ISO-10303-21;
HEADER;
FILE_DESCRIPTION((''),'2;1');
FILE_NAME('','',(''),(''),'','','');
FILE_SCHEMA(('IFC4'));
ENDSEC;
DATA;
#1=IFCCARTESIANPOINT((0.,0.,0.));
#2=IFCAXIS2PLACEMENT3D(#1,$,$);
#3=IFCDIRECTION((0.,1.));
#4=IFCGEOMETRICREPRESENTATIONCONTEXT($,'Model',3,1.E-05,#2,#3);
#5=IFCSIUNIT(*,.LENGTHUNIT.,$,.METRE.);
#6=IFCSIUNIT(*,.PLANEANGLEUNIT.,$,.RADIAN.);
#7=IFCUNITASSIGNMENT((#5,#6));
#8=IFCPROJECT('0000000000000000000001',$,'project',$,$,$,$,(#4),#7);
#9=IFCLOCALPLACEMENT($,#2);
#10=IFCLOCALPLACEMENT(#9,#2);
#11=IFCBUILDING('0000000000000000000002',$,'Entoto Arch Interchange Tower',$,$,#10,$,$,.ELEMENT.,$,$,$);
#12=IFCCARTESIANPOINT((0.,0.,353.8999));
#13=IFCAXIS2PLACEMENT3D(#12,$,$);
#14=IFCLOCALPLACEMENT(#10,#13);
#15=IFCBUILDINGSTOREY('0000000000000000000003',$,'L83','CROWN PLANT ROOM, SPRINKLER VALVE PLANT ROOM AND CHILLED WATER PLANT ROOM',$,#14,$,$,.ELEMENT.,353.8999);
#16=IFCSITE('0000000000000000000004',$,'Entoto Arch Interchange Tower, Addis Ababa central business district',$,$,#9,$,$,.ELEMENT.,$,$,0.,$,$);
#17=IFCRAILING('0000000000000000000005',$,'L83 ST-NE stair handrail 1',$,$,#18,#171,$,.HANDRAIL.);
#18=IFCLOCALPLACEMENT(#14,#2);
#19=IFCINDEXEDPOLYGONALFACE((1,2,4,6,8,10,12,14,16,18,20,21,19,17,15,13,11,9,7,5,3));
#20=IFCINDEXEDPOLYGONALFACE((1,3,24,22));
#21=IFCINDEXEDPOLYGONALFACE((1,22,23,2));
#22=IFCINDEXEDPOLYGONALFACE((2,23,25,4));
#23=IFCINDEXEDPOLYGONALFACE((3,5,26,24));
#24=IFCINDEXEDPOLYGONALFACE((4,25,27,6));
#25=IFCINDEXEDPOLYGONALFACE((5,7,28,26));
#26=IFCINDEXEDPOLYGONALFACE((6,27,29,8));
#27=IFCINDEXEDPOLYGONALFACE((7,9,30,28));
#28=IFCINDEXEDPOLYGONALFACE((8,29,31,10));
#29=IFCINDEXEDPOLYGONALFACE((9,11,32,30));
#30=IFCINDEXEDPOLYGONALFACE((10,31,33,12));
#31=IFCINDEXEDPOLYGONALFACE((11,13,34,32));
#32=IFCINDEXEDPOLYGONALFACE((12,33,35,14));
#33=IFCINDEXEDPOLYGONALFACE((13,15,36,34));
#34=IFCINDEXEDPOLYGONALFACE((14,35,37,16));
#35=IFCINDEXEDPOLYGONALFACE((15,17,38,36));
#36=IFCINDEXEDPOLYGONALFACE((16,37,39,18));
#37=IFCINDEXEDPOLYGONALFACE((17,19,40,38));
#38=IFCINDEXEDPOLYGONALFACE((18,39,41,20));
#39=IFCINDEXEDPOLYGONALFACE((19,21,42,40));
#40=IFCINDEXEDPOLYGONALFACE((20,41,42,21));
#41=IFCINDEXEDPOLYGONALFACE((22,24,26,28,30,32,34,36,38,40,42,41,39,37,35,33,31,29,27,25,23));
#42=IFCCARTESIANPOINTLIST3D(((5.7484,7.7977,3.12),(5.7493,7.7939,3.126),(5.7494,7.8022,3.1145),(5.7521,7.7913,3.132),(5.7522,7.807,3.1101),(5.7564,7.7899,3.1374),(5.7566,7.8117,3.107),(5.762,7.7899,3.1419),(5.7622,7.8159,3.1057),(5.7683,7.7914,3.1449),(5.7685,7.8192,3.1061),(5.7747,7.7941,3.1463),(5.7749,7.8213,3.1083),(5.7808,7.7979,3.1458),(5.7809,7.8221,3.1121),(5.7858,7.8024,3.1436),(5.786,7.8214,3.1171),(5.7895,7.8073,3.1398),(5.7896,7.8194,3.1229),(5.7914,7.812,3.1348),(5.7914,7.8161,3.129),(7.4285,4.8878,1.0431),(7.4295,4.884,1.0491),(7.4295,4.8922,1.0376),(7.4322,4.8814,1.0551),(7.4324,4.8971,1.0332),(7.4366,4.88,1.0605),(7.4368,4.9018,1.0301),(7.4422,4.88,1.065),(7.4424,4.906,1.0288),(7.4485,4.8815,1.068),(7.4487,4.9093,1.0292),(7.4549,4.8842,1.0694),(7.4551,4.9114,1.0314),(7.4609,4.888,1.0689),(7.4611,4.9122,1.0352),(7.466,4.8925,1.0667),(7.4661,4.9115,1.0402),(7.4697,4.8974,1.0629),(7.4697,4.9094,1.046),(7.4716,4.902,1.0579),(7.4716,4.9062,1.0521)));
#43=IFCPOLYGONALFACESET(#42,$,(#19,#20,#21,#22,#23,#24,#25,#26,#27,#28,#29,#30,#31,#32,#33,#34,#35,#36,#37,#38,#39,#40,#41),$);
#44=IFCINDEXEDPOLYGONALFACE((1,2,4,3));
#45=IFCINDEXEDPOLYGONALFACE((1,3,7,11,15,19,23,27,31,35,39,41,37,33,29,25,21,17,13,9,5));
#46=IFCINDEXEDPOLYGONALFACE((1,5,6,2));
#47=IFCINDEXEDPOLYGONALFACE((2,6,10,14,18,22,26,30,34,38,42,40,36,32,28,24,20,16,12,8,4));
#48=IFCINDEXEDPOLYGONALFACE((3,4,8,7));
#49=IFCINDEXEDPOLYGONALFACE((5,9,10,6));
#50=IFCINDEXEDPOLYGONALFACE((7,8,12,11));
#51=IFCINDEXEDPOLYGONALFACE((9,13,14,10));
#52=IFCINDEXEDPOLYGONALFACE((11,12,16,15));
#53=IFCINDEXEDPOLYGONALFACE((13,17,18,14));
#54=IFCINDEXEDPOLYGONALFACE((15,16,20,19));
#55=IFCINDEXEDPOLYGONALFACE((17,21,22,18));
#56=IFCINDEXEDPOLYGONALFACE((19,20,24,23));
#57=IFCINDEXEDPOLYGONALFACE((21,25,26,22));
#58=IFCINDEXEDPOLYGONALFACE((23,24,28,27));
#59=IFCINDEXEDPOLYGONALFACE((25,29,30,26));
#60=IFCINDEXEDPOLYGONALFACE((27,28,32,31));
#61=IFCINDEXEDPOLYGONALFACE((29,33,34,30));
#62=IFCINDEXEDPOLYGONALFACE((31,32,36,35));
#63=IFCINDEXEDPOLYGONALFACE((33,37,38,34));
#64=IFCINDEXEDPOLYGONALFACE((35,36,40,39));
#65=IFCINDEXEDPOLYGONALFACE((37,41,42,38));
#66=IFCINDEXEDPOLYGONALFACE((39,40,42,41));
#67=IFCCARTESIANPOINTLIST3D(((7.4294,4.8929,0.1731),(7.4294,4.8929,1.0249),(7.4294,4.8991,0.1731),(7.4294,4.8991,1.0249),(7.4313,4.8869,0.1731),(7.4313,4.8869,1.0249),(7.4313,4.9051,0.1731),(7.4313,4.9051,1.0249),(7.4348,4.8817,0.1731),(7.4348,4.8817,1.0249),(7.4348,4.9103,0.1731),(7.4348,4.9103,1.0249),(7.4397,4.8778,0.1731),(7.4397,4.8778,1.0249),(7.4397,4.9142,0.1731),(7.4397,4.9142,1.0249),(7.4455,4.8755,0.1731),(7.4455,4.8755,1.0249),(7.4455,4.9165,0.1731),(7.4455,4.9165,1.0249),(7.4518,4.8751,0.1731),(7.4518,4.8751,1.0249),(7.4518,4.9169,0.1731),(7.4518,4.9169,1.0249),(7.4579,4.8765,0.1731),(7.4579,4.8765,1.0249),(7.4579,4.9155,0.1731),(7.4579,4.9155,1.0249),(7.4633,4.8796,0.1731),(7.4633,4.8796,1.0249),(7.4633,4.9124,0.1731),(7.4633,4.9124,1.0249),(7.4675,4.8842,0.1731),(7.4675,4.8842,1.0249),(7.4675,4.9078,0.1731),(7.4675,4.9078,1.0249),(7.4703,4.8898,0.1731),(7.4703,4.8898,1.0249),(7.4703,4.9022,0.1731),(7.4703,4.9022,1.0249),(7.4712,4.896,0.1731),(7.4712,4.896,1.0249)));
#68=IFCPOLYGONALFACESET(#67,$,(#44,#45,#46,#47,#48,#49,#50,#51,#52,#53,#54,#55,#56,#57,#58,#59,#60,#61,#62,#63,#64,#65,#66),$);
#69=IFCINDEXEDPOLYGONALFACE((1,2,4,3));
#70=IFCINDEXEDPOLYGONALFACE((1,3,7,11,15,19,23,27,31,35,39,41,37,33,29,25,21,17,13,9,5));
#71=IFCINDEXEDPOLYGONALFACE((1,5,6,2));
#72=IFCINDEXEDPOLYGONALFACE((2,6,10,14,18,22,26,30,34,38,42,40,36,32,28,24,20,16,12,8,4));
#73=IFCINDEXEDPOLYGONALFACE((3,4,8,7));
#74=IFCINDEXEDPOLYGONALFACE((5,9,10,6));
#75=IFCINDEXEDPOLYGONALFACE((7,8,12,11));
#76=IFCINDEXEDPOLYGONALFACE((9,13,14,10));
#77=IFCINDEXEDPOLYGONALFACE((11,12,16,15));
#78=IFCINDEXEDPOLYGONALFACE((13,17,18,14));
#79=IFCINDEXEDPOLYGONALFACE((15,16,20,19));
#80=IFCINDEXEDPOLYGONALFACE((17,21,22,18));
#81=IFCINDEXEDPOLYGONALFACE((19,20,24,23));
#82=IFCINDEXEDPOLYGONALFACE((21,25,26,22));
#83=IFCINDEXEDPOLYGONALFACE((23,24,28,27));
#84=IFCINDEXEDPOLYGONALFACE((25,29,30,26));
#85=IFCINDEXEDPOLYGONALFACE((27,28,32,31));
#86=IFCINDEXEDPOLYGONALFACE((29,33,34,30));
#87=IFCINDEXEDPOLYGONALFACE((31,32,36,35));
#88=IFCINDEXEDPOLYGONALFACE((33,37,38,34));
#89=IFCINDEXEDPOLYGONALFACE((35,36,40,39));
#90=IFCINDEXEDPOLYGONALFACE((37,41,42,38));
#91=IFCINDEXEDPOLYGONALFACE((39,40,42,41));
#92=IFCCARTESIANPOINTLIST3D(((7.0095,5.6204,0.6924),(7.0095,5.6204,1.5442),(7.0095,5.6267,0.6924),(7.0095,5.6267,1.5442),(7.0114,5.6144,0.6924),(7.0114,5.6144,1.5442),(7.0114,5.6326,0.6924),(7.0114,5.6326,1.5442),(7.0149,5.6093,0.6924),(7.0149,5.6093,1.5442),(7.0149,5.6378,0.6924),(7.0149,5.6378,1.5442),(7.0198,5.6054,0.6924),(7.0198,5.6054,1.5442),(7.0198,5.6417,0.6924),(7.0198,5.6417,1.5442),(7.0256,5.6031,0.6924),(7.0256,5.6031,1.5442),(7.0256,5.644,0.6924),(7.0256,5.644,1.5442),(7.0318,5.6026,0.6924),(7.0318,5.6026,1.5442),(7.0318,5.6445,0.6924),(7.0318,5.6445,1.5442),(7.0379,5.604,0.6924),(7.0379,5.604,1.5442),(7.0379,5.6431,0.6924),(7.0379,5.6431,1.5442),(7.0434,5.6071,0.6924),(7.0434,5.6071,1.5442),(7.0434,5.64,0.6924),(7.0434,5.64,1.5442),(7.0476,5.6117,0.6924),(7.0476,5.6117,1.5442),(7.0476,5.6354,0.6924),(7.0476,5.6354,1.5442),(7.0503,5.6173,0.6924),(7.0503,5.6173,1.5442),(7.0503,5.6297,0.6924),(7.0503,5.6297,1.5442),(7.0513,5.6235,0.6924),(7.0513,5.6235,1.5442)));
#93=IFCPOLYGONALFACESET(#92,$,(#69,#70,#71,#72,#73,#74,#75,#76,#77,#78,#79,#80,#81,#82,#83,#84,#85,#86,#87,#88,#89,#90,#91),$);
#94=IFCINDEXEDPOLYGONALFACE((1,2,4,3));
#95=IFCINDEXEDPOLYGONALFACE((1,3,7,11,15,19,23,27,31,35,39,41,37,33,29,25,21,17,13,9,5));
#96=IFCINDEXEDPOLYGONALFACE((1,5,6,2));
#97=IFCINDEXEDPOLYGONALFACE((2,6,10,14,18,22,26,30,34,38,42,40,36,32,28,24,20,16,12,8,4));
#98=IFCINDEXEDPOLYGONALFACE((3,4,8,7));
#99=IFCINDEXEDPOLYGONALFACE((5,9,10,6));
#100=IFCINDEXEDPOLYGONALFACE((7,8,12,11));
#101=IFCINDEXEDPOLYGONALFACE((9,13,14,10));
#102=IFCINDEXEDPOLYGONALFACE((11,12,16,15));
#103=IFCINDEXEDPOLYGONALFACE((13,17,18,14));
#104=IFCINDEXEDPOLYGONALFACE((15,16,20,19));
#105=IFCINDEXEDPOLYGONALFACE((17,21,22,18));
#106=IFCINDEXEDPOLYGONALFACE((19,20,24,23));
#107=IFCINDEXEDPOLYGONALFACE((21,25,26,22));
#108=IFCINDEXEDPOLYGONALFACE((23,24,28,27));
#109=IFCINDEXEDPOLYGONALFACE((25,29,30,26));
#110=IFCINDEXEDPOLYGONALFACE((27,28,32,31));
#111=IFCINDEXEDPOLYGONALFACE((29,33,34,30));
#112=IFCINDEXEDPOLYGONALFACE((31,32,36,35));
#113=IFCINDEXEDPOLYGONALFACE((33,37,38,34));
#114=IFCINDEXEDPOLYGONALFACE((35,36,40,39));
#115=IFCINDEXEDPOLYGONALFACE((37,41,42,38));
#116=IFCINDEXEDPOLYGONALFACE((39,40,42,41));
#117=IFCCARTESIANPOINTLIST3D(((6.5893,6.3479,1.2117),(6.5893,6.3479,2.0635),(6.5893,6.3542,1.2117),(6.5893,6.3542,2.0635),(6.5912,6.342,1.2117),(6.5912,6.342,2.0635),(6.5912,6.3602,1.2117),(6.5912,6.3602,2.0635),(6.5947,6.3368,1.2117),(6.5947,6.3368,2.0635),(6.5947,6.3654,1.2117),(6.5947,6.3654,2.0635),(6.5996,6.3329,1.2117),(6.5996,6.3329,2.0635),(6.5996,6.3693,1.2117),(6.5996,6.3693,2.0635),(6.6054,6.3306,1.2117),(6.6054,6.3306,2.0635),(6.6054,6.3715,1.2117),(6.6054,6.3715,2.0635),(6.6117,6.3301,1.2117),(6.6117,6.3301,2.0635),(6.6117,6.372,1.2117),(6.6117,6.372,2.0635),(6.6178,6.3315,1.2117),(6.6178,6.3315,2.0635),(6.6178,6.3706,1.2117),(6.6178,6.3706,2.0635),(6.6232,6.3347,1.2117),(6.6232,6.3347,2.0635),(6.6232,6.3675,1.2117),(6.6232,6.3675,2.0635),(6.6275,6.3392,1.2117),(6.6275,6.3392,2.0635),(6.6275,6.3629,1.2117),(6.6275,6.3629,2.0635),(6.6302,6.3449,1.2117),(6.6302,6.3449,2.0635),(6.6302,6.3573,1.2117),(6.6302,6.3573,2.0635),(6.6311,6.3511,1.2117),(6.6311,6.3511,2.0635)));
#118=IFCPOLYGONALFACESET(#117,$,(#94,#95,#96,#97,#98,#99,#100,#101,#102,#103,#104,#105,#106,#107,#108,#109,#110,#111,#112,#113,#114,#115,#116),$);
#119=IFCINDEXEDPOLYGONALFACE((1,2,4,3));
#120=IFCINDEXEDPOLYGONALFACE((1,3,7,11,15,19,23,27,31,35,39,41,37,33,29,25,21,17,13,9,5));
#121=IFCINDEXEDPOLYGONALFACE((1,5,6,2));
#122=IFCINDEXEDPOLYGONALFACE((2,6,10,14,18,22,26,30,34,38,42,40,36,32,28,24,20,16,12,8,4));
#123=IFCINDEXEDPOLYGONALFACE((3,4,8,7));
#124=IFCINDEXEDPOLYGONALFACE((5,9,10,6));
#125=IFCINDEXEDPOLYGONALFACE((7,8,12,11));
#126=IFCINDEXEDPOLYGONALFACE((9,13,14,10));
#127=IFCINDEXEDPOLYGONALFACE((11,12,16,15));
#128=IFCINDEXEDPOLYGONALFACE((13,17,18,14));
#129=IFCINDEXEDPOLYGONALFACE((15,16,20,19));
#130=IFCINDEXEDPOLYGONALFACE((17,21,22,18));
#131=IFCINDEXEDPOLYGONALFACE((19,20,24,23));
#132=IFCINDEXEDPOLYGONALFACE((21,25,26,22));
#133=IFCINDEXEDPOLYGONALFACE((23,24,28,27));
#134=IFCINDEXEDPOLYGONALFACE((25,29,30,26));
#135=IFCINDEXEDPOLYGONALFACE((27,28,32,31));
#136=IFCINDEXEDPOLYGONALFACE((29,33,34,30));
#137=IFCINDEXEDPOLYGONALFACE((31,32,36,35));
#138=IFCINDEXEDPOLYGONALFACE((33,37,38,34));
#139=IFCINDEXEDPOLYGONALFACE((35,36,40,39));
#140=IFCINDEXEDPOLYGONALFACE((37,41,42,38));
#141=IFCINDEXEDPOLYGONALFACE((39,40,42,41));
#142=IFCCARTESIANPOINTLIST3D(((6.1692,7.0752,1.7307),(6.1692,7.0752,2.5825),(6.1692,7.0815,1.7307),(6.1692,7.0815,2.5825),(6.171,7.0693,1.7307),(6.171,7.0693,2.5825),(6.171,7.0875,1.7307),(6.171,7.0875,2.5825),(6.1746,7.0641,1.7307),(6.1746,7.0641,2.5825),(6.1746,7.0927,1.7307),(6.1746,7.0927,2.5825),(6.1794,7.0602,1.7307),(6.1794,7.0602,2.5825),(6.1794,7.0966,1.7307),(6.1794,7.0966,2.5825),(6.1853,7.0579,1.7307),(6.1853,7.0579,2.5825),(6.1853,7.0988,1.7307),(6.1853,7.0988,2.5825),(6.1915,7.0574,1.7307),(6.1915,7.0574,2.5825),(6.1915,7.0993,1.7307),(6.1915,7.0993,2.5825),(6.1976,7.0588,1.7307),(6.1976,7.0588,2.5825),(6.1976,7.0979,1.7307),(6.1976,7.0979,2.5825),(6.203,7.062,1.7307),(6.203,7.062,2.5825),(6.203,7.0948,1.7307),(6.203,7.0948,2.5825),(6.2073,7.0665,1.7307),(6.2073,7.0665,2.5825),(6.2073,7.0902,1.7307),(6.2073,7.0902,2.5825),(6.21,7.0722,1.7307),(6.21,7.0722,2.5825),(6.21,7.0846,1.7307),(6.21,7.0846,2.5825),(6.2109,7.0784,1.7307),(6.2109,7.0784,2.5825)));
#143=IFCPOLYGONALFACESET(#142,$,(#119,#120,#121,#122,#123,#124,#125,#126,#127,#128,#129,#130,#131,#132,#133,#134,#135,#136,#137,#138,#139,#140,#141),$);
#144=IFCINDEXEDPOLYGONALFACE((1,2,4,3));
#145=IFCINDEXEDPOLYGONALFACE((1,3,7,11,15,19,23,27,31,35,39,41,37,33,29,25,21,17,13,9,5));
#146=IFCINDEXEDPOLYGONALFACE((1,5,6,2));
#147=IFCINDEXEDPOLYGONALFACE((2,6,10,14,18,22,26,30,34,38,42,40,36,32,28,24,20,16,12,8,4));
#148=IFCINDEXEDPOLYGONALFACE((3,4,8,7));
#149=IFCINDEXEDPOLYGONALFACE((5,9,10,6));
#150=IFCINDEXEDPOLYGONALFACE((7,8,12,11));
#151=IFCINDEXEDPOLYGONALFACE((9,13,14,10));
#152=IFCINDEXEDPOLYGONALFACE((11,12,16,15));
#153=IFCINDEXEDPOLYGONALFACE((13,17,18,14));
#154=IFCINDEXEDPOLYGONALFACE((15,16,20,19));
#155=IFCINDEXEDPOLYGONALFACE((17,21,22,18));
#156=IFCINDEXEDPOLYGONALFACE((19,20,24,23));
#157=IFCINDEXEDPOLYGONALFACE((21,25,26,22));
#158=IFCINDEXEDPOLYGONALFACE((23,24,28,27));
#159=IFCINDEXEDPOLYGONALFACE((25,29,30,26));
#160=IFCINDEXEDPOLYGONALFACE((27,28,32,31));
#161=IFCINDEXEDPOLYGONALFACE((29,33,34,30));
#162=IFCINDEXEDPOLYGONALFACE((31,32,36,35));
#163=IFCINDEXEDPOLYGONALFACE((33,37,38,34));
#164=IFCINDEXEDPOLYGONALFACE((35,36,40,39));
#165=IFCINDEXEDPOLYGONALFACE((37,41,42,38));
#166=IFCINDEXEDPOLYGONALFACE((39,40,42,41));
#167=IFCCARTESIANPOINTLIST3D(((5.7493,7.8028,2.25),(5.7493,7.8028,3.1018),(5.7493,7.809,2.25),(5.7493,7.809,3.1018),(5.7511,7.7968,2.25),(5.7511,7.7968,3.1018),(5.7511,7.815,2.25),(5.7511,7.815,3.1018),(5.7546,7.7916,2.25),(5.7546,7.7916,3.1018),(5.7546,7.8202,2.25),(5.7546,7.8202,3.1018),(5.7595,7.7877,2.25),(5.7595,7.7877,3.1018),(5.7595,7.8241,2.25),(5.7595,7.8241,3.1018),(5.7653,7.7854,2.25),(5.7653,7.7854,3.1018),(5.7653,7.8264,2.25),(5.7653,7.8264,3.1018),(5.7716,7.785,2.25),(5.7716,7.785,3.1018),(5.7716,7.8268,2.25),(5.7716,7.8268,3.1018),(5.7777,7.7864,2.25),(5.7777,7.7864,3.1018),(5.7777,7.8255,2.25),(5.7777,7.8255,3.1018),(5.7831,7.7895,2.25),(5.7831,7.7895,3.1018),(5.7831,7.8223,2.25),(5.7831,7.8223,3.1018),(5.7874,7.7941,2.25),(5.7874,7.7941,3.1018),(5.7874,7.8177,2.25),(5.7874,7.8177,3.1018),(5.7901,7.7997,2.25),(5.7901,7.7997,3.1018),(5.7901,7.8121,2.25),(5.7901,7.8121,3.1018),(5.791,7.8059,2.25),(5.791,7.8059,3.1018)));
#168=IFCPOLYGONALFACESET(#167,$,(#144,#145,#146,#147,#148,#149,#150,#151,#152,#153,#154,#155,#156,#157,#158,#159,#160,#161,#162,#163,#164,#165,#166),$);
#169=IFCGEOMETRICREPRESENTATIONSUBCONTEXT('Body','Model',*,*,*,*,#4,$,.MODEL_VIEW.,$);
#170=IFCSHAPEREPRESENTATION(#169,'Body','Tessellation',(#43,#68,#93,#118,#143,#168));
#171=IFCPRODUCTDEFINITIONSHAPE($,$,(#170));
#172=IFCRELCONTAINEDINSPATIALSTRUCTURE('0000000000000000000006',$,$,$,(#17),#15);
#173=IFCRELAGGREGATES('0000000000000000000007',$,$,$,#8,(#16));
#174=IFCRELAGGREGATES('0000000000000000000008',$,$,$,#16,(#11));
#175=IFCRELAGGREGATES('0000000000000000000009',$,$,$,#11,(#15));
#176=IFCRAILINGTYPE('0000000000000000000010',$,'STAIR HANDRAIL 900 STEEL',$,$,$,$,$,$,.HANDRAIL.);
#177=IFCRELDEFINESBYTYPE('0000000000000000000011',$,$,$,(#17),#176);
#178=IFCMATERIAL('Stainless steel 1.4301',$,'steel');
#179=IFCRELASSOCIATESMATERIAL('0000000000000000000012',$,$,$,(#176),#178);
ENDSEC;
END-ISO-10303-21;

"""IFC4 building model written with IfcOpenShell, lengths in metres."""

from ifc_helpers import new_model, si_unit, direction, frame, origin, origin_2d, place, context, subcontext, project, spatial, circle, extrude, material, type_object, element, save


model = new_model("IFC4")

# Units and contexts
model_context = context("Model", 3, precision=1e-05, world=origin(), true_north=direction((0.0, 1.0)))
body_context = subcontext(model_context, "Body", "Model", "MODEL_VIEW")
ifc_project = project(units=[si_unit("LENGTHUNIT", "METRE"), si_unit("PLANEANGLEUNIT", "RADIAN")], contexts=[model_context])

# Site, building, storey
site_placement = place(None, origin())
site = spatial("IfcSite", under=ifc_project, at=site_placement, Name="Entoto Arch Interchange Tower, Addis Ababa central business district", CompositionType="ELEMENT", RefElevation=0.0)
building_placement = place(site_placement, origin())
building = spatial("IfcBuilding", under=site, at=building_placement, Name="Entoto Arch Interchange Tower", CompositionType="ELEMENT")
storey_placement = place(building_placement, frame((0.0, 0.0, 353.8999)))
storey = spatial("IfcBuildingStorey", under=building, at=storey_placement, Name="L83", Description="CROWN PLANT ROOM, SPRINKLER VALVE PLANT ROOM AND CHILLED WATER PLANT ROOM", CompositionType="ELEMENT", Elevation=353.8999)

# Railing
ifc_material_1 = material(Name="Stainless steel 1.4301", Category="steel")
railing_type_1 = type_object("IfcRailingType", Name="STAIR HANDRAIL 900 STEEL", PredefinedType="HANDRAIL", material=ifc_material_1)
railing_1_placement = place(storey_placement, frame((7.4502, 4.896, 0.1731)))
element("IfcRailing", 1, at=railing_1_placement, inside=storey, type_object=railing_type_1, Name="L83 ST-NE stair handrail 1", PredefinedType="HANDRAIL", context=body_context, shape_type="SweptSolid", body=[
    extrude(circle(Radius=0.0239, at=origin_2d()), frame((0.0, 0.0, 0.876), z_axis=(-0.425339, 0.736649, 0.525771), x_axis=(-0.866008, -0.500031, 0.0)), (0.0, 0.0, 1.0), 3.9502),
    extrude(circle(Radius=0.021, at=origin_2d()), origin(), (0.0, 0.0, 1.0), 0.8518),
    extrude(circle(Radius=0.021, at=origin_2d()), frame((-0.4199, 0.7275, 0.5193)), (0.0, 0.0, 1.0), 0.8518),
    extrude(circle(Radius=0.021, at=origin_2d()), frame((-0.8401, 1.4551, 1.0386)), (0.0, 0.0, 1.0), 0.8518),
    extrude(circle(Radius=0.021, at=origin_2d()), frame((-1.2603, 2.1824, 1.5576)), (0.0, 0.0, 1.0), 0.8518),
    extrude(circle(Radius=0.021, at=origin_2d()), frame((-1.6802, 2.9099, 2.0769)), (0.0, 0.0, 1.0), 0.8518),
])

save(model, "model.ifc")
